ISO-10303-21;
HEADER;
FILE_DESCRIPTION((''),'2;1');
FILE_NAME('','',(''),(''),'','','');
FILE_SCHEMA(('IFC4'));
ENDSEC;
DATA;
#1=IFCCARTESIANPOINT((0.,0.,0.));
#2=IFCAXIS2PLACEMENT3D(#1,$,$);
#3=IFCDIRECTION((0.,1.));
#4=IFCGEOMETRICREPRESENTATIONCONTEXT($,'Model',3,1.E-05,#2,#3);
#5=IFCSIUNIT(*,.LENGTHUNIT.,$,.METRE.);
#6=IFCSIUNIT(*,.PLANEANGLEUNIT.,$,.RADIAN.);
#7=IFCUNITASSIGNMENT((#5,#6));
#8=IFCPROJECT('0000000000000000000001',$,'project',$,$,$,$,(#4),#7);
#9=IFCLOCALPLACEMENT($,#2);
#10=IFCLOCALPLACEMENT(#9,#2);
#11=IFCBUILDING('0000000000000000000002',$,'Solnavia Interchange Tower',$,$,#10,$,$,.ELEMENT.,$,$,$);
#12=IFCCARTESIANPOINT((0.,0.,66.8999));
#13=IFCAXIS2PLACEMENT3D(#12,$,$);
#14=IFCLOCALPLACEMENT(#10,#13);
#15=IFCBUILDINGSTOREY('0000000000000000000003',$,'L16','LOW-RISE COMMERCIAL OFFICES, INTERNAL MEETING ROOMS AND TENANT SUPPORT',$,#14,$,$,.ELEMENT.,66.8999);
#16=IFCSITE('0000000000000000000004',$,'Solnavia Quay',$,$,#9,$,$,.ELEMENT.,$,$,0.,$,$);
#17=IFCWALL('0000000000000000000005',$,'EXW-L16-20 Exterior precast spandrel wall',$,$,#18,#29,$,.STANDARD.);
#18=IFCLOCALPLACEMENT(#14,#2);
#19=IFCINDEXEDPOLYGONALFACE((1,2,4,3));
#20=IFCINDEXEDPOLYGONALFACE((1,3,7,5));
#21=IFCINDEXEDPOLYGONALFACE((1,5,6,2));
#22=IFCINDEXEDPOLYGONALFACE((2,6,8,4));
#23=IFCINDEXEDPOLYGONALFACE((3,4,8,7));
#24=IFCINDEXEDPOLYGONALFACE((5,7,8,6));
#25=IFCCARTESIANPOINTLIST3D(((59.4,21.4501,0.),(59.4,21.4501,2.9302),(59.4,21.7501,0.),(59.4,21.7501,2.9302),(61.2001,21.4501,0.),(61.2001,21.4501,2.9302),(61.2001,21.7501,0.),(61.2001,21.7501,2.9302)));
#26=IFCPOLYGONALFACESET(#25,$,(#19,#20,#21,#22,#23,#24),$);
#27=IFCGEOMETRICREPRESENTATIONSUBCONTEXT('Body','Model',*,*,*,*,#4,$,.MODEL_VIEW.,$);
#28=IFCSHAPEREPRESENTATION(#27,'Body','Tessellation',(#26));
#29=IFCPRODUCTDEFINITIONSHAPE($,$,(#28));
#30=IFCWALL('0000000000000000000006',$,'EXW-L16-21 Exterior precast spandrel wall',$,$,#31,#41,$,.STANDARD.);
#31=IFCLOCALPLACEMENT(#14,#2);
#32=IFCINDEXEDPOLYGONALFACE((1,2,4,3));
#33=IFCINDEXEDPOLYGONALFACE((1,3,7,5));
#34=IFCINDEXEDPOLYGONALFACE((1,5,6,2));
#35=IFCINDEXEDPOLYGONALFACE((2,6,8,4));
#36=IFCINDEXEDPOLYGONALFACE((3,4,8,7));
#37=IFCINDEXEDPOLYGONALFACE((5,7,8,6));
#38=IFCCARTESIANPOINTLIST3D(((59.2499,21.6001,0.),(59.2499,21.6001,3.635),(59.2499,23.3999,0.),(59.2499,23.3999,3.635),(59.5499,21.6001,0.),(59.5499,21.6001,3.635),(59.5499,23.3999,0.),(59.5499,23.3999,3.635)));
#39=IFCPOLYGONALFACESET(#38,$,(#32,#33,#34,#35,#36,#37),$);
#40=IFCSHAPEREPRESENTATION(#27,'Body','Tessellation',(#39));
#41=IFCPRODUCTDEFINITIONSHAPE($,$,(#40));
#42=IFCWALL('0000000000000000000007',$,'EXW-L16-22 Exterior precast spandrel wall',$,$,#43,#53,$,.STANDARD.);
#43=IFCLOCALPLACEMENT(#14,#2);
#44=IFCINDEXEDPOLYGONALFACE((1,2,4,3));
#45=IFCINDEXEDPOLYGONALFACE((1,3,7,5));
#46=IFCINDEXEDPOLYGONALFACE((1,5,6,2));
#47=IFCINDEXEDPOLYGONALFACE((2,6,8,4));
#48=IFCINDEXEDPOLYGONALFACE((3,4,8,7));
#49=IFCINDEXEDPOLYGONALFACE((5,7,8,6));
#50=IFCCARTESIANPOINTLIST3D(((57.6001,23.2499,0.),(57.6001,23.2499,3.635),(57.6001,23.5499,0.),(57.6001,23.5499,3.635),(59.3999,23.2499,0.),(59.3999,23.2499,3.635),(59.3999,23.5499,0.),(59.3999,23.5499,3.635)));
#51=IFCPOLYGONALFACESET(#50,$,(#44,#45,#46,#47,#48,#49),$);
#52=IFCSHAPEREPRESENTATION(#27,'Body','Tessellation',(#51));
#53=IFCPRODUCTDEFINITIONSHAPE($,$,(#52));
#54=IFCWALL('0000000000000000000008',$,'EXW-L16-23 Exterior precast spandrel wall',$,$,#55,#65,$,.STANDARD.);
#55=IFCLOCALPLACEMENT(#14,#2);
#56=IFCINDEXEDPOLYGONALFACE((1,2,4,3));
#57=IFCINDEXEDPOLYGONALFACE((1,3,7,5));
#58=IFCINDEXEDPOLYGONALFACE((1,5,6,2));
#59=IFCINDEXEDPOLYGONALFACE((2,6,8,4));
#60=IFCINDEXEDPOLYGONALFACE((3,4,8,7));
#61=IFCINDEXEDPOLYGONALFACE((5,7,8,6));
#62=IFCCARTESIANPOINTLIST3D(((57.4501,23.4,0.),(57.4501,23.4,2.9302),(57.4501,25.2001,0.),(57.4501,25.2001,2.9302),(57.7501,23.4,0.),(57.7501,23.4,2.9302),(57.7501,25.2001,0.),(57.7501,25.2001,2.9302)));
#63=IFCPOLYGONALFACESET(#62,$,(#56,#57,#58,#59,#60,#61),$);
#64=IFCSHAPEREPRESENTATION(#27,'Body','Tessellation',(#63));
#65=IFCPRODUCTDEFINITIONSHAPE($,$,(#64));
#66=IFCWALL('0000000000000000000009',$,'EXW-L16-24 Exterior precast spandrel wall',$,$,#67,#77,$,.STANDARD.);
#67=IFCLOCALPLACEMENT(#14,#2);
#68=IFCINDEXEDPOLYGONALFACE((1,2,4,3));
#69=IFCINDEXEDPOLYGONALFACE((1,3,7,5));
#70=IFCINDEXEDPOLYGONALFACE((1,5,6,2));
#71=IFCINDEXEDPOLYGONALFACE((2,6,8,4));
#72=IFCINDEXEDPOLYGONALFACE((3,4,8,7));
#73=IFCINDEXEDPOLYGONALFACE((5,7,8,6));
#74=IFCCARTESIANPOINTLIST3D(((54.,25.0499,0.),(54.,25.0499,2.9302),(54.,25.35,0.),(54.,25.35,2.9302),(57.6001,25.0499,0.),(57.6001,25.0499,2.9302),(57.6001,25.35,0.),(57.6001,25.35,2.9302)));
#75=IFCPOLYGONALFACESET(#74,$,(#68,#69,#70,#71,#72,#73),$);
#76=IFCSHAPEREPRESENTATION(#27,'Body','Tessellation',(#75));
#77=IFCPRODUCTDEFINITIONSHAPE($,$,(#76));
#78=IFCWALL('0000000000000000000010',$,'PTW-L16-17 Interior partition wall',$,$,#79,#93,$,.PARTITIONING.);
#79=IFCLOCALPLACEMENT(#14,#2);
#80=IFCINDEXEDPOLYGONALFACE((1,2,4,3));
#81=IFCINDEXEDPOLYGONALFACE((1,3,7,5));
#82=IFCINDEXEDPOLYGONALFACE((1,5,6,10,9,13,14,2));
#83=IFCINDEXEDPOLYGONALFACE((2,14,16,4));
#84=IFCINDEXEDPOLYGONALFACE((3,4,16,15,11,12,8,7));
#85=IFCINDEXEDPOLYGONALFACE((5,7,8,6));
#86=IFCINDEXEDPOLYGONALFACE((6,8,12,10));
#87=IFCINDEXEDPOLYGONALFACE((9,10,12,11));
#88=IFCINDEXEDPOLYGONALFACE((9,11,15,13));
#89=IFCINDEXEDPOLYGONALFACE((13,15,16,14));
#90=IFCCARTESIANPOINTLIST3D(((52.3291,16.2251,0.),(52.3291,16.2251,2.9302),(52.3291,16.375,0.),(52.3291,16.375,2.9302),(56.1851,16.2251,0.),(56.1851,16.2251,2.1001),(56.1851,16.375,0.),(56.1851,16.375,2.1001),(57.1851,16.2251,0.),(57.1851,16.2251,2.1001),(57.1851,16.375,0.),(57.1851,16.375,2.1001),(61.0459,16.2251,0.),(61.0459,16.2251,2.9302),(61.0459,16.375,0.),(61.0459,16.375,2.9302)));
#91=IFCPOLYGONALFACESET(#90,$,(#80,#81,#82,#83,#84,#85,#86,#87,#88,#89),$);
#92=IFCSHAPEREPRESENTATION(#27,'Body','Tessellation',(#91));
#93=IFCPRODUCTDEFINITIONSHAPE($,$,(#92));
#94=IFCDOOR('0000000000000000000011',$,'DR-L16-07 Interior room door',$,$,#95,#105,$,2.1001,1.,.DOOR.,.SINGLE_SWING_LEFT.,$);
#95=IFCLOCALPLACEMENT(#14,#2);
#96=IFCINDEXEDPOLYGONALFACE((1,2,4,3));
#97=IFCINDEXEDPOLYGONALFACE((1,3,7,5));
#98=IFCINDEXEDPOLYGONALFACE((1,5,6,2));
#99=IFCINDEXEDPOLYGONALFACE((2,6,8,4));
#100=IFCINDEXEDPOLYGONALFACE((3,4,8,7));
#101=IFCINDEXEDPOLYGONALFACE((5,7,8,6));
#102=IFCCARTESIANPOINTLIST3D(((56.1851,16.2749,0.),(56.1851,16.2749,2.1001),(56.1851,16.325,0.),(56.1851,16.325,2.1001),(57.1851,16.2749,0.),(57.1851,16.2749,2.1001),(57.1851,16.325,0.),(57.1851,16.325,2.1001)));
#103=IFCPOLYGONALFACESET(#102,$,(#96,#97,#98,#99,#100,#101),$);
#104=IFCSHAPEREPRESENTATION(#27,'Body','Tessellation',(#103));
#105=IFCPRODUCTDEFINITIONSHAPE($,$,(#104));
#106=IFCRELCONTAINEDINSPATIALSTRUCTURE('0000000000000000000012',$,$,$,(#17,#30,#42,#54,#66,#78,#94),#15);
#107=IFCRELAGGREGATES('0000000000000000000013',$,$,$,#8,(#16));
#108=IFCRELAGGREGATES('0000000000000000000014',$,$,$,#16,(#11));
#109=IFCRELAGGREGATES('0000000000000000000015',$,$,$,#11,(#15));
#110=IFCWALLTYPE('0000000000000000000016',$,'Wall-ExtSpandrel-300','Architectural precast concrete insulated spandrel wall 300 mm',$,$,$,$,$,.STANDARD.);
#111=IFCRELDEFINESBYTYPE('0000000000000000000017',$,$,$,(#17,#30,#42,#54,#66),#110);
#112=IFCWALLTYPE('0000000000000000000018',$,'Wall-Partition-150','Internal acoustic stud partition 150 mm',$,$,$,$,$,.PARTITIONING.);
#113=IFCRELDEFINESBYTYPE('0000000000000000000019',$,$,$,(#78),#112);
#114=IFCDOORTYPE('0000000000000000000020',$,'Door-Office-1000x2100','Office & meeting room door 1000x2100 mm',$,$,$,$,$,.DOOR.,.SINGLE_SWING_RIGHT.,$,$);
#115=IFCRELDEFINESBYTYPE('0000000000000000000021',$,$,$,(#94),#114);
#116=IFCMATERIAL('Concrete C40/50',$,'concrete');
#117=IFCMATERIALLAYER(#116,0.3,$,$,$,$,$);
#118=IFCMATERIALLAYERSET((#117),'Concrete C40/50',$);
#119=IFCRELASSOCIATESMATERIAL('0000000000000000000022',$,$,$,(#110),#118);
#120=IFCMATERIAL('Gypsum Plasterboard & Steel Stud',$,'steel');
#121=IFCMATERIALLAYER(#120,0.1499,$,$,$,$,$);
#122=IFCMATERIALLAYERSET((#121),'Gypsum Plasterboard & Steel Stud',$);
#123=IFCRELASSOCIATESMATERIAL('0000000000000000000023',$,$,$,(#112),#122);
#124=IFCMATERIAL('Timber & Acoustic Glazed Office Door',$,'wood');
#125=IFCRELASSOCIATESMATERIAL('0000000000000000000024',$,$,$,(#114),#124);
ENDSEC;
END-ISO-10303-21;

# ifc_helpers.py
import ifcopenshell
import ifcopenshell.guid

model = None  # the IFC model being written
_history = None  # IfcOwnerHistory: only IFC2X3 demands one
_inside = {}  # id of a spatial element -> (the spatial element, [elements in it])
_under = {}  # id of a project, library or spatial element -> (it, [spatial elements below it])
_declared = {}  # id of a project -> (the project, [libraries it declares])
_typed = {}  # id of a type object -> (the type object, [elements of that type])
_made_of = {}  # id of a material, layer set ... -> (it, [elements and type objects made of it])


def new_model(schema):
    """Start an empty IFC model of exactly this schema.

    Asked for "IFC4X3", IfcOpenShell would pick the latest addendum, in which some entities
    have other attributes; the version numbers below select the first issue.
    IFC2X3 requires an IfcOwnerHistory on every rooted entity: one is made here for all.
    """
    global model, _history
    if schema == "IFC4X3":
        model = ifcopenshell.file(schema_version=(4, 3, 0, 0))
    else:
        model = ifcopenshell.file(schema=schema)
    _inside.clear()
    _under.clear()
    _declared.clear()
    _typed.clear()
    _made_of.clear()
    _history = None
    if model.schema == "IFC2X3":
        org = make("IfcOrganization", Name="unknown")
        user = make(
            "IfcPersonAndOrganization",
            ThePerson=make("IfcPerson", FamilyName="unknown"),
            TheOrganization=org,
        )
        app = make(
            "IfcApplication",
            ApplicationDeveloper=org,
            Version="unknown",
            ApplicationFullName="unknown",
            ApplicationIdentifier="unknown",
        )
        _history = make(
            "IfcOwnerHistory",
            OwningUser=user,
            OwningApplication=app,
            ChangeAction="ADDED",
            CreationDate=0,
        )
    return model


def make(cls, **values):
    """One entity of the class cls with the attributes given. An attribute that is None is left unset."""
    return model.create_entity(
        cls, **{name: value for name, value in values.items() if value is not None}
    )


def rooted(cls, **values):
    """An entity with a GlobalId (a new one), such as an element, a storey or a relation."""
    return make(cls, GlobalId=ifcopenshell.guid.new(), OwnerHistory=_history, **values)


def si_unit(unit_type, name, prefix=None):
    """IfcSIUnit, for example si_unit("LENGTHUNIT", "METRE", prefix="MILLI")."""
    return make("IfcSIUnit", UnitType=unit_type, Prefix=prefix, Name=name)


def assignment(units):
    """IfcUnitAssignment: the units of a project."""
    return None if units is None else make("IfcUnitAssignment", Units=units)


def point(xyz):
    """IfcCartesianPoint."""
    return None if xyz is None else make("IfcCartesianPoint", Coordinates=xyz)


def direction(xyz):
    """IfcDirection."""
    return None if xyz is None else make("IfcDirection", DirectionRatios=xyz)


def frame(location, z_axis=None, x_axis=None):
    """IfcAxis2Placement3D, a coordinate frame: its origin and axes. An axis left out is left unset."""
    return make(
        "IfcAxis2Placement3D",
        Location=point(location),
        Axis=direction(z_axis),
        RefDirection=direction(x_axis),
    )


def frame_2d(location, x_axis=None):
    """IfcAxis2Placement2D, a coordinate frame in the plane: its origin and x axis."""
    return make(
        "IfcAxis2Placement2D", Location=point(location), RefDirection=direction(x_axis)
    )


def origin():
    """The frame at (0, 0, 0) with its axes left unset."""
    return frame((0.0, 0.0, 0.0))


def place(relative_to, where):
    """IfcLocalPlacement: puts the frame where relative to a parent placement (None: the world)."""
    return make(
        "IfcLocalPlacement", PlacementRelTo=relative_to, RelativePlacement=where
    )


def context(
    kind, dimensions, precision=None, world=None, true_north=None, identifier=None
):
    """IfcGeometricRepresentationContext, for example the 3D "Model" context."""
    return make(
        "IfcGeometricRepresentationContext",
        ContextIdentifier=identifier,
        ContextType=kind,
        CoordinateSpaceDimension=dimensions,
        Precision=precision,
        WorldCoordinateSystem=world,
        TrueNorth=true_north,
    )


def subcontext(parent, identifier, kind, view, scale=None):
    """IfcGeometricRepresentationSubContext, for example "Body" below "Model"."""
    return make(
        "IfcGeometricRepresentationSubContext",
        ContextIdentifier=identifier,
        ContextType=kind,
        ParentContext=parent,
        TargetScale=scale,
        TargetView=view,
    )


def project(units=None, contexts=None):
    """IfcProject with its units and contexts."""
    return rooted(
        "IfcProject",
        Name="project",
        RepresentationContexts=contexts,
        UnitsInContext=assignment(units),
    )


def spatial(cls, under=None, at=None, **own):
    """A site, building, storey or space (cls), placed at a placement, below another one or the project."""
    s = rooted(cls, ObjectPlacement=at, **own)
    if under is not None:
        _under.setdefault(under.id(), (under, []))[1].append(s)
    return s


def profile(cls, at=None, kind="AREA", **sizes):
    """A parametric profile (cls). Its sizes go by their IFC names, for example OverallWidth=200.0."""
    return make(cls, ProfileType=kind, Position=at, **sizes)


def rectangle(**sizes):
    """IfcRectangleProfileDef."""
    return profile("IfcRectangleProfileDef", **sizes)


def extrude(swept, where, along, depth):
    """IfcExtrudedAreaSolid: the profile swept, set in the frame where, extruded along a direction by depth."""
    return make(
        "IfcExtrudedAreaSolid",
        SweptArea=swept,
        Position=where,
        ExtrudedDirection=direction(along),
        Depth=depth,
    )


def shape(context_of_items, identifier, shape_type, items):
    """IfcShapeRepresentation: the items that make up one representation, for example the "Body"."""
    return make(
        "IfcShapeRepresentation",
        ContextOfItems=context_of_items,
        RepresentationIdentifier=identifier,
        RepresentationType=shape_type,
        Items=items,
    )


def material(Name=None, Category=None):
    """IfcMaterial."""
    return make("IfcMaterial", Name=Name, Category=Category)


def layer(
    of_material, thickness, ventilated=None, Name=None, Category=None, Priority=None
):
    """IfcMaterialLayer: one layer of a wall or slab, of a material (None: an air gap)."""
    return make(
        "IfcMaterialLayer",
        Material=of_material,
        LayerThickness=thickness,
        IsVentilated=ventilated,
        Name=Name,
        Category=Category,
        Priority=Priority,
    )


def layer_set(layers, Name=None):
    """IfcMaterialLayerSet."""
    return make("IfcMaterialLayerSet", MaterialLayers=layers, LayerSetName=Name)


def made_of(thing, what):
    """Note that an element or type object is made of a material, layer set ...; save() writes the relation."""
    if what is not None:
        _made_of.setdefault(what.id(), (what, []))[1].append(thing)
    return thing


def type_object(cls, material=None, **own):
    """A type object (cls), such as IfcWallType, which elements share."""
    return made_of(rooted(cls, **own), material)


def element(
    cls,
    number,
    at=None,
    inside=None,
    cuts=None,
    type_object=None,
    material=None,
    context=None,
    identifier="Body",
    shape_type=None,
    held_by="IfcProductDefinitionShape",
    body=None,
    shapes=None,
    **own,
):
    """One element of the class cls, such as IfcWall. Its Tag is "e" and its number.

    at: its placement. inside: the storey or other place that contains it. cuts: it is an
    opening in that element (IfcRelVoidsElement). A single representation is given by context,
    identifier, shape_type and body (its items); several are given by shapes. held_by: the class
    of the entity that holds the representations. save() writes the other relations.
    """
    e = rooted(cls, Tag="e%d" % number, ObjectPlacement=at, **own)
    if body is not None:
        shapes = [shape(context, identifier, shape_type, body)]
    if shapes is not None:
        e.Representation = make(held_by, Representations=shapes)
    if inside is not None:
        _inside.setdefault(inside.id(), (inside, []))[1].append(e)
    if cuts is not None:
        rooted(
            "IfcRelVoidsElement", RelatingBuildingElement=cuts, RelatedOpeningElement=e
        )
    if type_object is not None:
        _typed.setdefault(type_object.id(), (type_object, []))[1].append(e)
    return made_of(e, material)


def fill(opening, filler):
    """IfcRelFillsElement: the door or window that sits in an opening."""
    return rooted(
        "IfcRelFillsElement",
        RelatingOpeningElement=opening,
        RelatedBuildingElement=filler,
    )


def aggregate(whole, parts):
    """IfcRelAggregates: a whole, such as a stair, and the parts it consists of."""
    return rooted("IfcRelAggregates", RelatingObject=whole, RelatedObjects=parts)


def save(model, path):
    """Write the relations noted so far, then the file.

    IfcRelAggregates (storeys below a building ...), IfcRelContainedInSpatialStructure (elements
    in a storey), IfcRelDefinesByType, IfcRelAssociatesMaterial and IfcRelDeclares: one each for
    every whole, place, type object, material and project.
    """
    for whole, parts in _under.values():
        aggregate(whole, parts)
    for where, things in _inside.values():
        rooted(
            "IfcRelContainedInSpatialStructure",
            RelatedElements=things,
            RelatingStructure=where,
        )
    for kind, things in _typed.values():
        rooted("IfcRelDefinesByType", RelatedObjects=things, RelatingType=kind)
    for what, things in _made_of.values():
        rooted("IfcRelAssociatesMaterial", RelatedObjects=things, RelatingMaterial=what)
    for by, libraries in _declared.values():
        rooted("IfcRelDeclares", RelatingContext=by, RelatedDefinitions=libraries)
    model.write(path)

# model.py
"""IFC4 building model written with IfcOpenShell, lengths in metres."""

from ifc_helpers import new_model, si_unit, direction, frame, frame_2d, origin, place, context, subcontext, project, spatial, rectangle, extrude, material, layer, layer_set, type_object, element, fill, save


model = new_model("IFC4")

# Units and contexts
model_context = context("Model", 3, precision=1e-05, world=origin(), true_north=direction((0.0, 1.0)))
body_context = subcontext(model_context, "Body", "Model", "MODEL_VIEW")
ifc_project = project(units=[si_unit("LENGTHUNIT", "METRE"), si_unit("PLANEANGLEUNIT", "RADIAN")], contexts=[model_context])

# Site, building, storey
site_placement = place(None, origin())
site = spatial("IfcSite", under=ifc_project, at=site_placement, Name="Solnavia Quay", CompositionType="ELEMENT", RefElevation=0.0)
building_placement = place(site_placement, origin())
building = spatial("IfcBuilding", under=site, at=building_placement, Name="Solnavia Interchange Tower", CompositionType="ELEMENT")
storey_placement = place(building_placement, frame((0.0, 0.0, 66.8999)))
storey = spatial("IfcBuildingStorey", under=building, at=storey_placement, Name="L16", Description="LOW-RISE COMMERCIAL OFFICES, INTERNAL MEETING ROOMS AND TENANT SUPPORT", CompositionType="ELEMENT", Elevation=66.8999)

# Walls
ifc_material_1 = material(Name="Concrete C40/50", Category="concrete")
ifc_layer_1 = layer(ifc_material_1, 0.3)
ifc_layer_set_1 = layer_set([ifc_layer_1], Name="Concrete C40/50")
wall_type_1 = type_object("IfcWallType", Name="Wall-ExtSpandrel-300", Description="Architectural precast concrete insulated spandrel wall 300 mm", PredefinedType="STANDARD", material=ifc_layer_set_1)
wall_1_placement = place(storey_placement, frame((61.2, 21.6001, 0.0), z_axis=(0.0, 0.0, 1.0), x_axis=(-1.0, 0.0, 0.0)))
element("IfcWall", 1, at=wall_1_placement, inside=storey, type_object=wall_type_1, Name="EXW-L16-20 Exterior precast spandrel wall", PredefinedType="STANDARD", context=body_context, shape_type="SweptSolid", body=[
    extrude(rectangle(XDim=1.8, YDim=0.3, at=frame_2d((0.8999, 0.0))), origin(), (0.0, 0.0, 1.0), 2.9302),
])
for number, where, z_axis, x_axis, name in (
    (2, (59.3999, 23.3999, 0.0), (0.0, 0.0, 1.0), (0.0, -1.0, 0.0), "EXW-L16-21 Exterior precast spandrel wall"),
    (3, (57.6001, 23.3999, 0.0), (0.0, 0.0, 1.0), (1.0, 0.0, 0.0), "EXW-L16-22 Exterior precast spandrel wall"),
):
    element("IfcWall", number, at=place(storey_placement, frame(where, z_axis=z_axis, x_axis=x_axis)), inside=storey, type_object=wall_type_1, Name=name, PredefinedType="STANDARD", context=body_context, shape_type="SweptSolid", body=[
        extrude(rectangle(XDim=1.7998, YDim=0.3, at=frame_2d((0.8999, 0.0))), origin(), (0.0, 0.0, 1.0), 3.635),
    ])
wall_2_placement = place(storey_placement, frame((57.6001, 25.2, 0.0), z_axis=(0.0, 0.0, 1.0), x_axis=(0.0, -1.0, 0.0)))
element("IfcWall", 4, at=wall_2_placement, inside=storey, type_object=wall_type_1, Name="EXW-L16-23 Exterior precast spandrel wall", PredefinedType="STANDARD", context=body_context, shape_type="SweptSolid", body=[
    extrude(rectangle(XDim=1.8, YDim=0.3, at=frame_2d((0.8999, 0.0))), origin(), (0.0, 0.0, 1.0), 2.9302),
])
wall_3_placement = place(storey_placement, frame((54.0, 25.2, 0.0), z_axis=(0.0, 0.0, 1.0), x_axis=(1.0, 0.0, 0.0)))
element("IfcWall", 5, at=wall_3_placement, inside=storey, type_object=wall_type_1, Name="EXW-L16-24 Exterior precast spandrel wall", PredefinedType="STANDARD", context=body_context, shape_type="SweptSolid", body=[
    extrude(rectangle(XDim=3.6001, YDim=0.3, at=frame_2d((1.8, 0.0))), origin(), (0.0, 0.0, 1.0), 2.9302),
])

# Wall, opening, door
ifc_material_2 = material(Name="Gypsum Plasterboard & Steel Stud", Category="steel")
ifc_layer_2 = layer(ifc_material_2, 0.1499)
ifc_layer_set_2 = layer_set([ifc_layer_2], Name="Gypsum Plasterboard & Steel Stud")
wall_type_2 = type_object("IfcWallType", Name="Wall-Partition-150", Description="Internal acoustic stud partition 150 mm", PredefinedType="PARTITIONING", material=ifc_layer_set_2)
wall_4_placement = place(storey_placement, frame((52.3291, 16.3, 0.0), z_axis=(0.0, 0.0, 1.0), x_axis=(1.0, 0.0, 0.0)))
wall_4 = element("IfcWall", 6, at=wall_4_placement, inside=storey, type_object=wall_type_2, Name="PTW-L16-17 Interior partition wall", PredefinedType="PARTITIONING", context=body_context, shape_type="SweptSolid", body=[
    extrude(rectangle(XDim=8.7168, YDim=0.1499, at=frame_2d((4.3584, 0.0))), origin(), (0.0, 0.0, 1.0), 2.9302),
])
opening_placement = place(wall_4_placement, frame((3.856, 0.0, 0.0)))
opening = element("IfcOpeningElement", 7, at=opening_placement, cuts=wall_4, PredefinedType="OPENING", context=body_context, shape_type="SweptSolid", body=[
    extrude(rectangle(XDim=1.0, YDim=2.1001, at=frame_2d((0.5, 1.05))), frame((0.0, 0.085, 0.0), z_axis=(0.0, -1.0, 0.0), x_axis=(1.0, 0.0, 0.0)), (0.0, 0.0, 1.0), 0.1699),
])
ifc_material_3 = material(Name="Timber & Acoustic Glazed Office Door", Category="wood")
door_type = type_object("IfcDoorType", Name="Door-Office-1000x2100", Description="Office & meeting room door 1000x2100 mm", OperationType="SINGLE_SWING_RIGHT", PredefinedType="DOOR", material=ifc_material_3)
door_placement = place(opening_placement, origin())
door = element("IfcDoor", 8, at=door_placement, inside=storey, type_object=door_type, Name="DR-L16-07 Interior room door", OperationType="SINGLE_SWING_LEFT", OverallHeight=2.1001, OverallWidth=1.0, PredefinedType="DOOR", context=body_context, shape_type="SweptSolid", body=[
    extrude(rectangle(XDim=1.0, YDim=2.1001, at=frame_2d((0.5, 1.05))), frame((0.0, 0.0249, 0.0), z_axis=(0.0, -1.0, 0.0), x_axis=(1.0, 0.0, 0.0)), (0.0, 0.0, 1.0), 0.05),
])
fill(opening, door)

save(model, "model.ifc")
